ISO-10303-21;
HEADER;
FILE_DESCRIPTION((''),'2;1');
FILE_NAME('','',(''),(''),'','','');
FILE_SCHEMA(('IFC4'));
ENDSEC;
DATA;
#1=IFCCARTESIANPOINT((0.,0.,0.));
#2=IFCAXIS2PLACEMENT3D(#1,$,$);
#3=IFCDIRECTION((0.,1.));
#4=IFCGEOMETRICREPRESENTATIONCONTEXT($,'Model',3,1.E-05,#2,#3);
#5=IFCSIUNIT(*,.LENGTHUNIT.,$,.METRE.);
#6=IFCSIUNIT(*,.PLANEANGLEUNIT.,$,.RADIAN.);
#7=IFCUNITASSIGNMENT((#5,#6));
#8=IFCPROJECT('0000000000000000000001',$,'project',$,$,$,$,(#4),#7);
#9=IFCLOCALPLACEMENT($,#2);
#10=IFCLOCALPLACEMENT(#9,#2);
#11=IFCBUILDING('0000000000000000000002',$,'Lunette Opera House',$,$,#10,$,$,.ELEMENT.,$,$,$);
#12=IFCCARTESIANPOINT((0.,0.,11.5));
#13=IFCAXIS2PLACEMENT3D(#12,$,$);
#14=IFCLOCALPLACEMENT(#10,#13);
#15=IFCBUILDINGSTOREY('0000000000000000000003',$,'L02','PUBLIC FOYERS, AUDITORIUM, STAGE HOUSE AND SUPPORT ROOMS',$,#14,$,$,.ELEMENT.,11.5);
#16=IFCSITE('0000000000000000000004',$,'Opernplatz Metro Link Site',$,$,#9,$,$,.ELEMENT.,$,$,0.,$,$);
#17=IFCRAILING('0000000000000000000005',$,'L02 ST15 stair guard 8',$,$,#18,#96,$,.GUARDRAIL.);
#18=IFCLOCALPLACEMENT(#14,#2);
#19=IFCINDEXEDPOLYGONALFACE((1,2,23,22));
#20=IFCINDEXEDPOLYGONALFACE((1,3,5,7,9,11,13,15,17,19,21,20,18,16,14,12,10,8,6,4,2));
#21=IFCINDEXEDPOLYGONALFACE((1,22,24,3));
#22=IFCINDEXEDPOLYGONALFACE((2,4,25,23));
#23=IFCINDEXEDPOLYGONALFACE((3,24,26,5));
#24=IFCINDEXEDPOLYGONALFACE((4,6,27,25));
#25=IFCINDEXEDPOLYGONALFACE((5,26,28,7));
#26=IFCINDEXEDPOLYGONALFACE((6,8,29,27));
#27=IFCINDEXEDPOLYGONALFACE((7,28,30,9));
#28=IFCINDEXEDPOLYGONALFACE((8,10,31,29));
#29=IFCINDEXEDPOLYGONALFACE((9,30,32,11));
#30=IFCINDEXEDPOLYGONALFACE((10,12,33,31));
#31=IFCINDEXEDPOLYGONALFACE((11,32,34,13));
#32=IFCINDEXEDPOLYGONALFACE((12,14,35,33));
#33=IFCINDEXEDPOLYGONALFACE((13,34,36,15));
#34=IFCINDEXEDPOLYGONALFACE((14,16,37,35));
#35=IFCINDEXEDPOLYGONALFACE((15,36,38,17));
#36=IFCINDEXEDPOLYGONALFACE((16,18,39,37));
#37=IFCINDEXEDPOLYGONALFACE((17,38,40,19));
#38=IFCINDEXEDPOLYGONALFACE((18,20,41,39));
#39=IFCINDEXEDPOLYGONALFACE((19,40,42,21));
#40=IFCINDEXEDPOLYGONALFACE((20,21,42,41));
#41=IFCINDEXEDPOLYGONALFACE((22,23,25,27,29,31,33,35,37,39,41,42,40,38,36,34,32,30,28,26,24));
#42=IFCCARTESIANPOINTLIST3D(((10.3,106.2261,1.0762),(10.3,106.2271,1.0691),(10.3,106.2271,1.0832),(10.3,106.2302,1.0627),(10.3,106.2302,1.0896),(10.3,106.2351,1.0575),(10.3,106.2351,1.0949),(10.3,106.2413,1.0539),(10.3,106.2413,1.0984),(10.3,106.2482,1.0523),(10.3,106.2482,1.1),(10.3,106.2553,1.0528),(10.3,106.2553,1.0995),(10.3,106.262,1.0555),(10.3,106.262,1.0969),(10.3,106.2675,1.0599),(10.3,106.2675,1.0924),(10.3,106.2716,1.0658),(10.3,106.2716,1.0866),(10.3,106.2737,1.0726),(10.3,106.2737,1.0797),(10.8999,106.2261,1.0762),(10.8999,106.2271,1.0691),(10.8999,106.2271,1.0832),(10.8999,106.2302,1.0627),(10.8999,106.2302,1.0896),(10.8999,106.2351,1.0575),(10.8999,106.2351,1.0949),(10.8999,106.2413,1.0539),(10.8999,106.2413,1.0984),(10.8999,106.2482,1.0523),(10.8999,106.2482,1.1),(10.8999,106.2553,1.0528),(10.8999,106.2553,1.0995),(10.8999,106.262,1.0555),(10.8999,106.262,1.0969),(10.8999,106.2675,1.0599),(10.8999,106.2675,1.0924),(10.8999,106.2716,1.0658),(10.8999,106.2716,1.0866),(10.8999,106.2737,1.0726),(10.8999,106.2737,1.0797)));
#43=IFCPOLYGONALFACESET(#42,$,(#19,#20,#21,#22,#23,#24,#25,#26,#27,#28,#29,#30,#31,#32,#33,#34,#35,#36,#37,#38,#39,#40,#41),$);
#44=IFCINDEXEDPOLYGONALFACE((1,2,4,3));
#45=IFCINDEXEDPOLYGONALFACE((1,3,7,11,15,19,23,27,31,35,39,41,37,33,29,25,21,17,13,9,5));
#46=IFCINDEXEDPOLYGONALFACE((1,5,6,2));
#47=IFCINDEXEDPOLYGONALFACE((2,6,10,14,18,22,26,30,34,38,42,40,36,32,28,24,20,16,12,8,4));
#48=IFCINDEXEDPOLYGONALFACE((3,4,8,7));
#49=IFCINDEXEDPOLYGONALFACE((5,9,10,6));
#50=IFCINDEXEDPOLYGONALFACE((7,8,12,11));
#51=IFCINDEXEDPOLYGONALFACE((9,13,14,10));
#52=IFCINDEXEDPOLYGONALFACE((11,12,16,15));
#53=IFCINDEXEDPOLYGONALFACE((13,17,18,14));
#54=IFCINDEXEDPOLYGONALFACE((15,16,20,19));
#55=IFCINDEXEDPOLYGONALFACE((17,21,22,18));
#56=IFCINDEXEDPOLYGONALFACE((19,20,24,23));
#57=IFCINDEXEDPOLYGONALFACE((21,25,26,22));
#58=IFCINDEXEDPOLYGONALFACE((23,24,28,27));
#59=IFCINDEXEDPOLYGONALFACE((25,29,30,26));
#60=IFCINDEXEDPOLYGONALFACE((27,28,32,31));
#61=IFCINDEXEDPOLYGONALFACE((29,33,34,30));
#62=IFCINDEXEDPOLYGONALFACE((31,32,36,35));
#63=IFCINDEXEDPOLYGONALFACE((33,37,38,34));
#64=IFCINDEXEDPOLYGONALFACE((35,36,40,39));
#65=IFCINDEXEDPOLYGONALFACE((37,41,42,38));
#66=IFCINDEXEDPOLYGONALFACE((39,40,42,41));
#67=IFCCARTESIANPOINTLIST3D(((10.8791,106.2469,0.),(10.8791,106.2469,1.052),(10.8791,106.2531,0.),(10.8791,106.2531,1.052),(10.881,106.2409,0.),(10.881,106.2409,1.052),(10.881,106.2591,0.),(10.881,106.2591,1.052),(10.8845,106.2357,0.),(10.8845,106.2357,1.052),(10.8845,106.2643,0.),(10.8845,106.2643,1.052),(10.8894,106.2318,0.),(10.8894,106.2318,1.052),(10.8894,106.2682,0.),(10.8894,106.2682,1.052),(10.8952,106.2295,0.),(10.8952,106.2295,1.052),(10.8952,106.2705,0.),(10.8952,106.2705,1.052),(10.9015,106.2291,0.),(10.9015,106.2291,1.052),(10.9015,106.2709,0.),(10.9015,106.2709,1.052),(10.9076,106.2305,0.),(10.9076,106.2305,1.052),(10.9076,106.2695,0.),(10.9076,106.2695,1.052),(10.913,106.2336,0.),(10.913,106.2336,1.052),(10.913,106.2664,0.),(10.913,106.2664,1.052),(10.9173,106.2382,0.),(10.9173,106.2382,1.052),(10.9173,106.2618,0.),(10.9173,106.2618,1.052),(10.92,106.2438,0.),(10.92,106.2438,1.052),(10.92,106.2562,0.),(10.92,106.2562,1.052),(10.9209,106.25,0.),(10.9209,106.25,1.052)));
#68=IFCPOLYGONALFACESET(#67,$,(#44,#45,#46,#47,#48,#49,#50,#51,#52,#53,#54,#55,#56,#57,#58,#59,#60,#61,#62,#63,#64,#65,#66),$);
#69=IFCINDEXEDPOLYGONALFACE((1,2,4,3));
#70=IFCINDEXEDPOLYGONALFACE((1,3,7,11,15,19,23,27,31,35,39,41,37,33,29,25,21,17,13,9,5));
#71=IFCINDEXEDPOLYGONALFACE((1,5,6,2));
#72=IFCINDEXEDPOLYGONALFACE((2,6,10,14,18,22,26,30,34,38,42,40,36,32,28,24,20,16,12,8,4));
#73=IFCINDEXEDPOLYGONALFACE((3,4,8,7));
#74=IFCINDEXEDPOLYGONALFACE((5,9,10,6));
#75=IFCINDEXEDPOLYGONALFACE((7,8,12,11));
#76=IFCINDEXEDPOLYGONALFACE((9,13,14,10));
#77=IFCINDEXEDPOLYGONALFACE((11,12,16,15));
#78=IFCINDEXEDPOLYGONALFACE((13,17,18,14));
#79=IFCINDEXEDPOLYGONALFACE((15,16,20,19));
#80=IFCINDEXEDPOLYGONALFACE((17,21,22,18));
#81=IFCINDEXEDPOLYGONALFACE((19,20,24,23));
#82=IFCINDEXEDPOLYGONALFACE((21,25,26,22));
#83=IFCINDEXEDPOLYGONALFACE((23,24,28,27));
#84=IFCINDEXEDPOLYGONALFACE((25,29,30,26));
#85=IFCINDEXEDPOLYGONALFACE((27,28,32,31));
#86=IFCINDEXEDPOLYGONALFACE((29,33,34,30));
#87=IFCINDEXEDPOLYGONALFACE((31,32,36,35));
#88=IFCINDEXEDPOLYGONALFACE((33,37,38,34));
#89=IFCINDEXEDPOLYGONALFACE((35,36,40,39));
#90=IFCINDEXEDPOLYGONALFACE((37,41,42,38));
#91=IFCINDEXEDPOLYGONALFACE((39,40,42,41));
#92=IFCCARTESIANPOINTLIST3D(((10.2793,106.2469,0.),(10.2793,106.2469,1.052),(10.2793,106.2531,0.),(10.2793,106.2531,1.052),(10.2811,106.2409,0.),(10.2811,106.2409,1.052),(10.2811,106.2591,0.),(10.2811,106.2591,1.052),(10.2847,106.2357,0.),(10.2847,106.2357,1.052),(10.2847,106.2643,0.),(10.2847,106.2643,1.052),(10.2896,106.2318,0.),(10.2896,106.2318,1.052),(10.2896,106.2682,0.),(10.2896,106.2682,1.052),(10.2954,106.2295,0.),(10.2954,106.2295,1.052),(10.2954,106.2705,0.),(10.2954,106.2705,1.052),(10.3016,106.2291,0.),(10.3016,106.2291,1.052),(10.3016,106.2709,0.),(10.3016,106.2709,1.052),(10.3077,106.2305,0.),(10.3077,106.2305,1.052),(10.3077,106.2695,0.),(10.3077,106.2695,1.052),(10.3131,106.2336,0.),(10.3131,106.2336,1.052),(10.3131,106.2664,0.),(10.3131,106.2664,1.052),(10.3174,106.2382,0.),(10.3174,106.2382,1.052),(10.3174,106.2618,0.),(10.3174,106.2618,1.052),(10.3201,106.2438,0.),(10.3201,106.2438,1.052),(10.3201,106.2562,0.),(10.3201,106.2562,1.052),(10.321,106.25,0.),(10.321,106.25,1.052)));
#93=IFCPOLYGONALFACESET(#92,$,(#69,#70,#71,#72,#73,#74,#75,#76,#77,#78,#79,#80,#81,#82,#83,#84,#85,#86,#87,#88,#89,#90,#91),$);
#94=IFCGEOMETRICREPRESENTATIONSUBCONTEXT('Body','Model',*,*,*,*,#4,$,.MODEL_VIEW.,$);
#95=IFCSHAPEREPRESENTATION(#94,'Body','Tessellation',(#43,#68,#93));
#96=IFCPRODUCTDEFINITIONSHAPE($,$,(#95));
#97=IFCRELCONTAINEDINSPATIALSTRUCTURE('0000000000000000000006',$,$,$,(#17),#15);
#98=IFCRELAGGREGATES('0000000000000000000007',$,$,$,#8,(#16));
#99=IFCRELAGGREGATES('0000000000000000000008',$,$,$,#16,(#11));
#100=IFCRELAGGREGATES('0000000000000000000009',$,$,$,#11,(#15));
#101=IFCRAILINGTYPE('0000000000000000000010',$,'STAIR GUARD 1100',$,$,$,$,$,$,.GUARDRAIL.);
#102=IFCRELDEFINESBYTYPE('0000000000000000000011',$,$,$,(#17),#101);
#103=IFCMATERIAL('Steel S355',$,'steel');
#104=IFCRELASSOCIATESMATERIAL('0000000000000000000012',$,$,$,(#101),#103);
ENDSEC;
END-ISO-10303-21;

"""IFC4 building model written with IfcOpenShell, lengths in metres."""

from ifc_helpers import new_model, si_unit, direction, frame, origin, origin_2d, place, context, subcontext, project, spatial, circle, extrude, material, type_object, element, save


model = new_model("IFC4")

# Units and contexts
model_context = context("Model", 3, precision=1e-05, world=origin(), true_north=direction((0.0, 1.0)))
body_context = subcontext(model_context, "Body", "Model", "MODEL_VIEW")
ifc_project = project(units=[si_unit("LENGTHUNIT", "METRE"), si_unit("PLANEANGLEUNIT", "RADIAN")], contexts=[model_context])

# Site, building, storey
site_placement = place(None, origin())
site = spatial("IfcSite", under=ifc_project, at=site_placement, Name="Opernplatz Metro Link Site", CompositionType="ELEMENT", RefElevation=0.0)
building_placement = place(site_placement, origin())
building = spatial("IfcBuilding", under=site, at=building_placement, Name="Lunette Opera House", CompositionType="ELEMENT")
storey_placement = place(building_placement, frame((0.0, 0.0, 11.5)))
storey = spatial("IfcBuildingStorey", under=building, at=storey_placement, Name="L02", Description="PUBLIC FOYERS, AUDITORIUM, STAGE HOUSE AND SUPPORT ROOMS", CompositionType="ELEMENT", Elevation=11.5)

# Railing
ifc_material_1 = material(Name="Steel S355", Category="steel")
railing_type_1 = type_object("IfcRailingType", Name="STAIR GUARD 1100", PredefinedType="GUARDRAIL", material=ifc_material_1)
railing_1_placement = place(storey_placement, frame((10.8999, 106.25, 0.0)))
element("IfcRailing", 1, at=railing_1_placement, inside=storey, type_object=railing_type_1, Name="L02 ST15 stair guard 8", PredefinedType="GUARDRAIL", context=body_context, shape_type="SweptSolid", body=[
    extrude(circle(Radius=0.0239, at=origin_2d()), frame((0.0, 0.0, 1.0762), z_axis=(-1.0, 0.0, 0.0), x_axis=(0.0, -1.0, 0.0)), (0.0, 0.0, 1.0), 0.5999),
    extrude(circle(Radius=0.021, at=origin_2d()), origin(), (0.0, 0.0, 1.0), 1.052),
    extrude(circle(Radius=0.021, at=origin_2d()), frame((-0.5999, 0.0, 0.0)), (0.0, 0.0, 1.0), 1.052),
])

save(model, "model.ifc")
